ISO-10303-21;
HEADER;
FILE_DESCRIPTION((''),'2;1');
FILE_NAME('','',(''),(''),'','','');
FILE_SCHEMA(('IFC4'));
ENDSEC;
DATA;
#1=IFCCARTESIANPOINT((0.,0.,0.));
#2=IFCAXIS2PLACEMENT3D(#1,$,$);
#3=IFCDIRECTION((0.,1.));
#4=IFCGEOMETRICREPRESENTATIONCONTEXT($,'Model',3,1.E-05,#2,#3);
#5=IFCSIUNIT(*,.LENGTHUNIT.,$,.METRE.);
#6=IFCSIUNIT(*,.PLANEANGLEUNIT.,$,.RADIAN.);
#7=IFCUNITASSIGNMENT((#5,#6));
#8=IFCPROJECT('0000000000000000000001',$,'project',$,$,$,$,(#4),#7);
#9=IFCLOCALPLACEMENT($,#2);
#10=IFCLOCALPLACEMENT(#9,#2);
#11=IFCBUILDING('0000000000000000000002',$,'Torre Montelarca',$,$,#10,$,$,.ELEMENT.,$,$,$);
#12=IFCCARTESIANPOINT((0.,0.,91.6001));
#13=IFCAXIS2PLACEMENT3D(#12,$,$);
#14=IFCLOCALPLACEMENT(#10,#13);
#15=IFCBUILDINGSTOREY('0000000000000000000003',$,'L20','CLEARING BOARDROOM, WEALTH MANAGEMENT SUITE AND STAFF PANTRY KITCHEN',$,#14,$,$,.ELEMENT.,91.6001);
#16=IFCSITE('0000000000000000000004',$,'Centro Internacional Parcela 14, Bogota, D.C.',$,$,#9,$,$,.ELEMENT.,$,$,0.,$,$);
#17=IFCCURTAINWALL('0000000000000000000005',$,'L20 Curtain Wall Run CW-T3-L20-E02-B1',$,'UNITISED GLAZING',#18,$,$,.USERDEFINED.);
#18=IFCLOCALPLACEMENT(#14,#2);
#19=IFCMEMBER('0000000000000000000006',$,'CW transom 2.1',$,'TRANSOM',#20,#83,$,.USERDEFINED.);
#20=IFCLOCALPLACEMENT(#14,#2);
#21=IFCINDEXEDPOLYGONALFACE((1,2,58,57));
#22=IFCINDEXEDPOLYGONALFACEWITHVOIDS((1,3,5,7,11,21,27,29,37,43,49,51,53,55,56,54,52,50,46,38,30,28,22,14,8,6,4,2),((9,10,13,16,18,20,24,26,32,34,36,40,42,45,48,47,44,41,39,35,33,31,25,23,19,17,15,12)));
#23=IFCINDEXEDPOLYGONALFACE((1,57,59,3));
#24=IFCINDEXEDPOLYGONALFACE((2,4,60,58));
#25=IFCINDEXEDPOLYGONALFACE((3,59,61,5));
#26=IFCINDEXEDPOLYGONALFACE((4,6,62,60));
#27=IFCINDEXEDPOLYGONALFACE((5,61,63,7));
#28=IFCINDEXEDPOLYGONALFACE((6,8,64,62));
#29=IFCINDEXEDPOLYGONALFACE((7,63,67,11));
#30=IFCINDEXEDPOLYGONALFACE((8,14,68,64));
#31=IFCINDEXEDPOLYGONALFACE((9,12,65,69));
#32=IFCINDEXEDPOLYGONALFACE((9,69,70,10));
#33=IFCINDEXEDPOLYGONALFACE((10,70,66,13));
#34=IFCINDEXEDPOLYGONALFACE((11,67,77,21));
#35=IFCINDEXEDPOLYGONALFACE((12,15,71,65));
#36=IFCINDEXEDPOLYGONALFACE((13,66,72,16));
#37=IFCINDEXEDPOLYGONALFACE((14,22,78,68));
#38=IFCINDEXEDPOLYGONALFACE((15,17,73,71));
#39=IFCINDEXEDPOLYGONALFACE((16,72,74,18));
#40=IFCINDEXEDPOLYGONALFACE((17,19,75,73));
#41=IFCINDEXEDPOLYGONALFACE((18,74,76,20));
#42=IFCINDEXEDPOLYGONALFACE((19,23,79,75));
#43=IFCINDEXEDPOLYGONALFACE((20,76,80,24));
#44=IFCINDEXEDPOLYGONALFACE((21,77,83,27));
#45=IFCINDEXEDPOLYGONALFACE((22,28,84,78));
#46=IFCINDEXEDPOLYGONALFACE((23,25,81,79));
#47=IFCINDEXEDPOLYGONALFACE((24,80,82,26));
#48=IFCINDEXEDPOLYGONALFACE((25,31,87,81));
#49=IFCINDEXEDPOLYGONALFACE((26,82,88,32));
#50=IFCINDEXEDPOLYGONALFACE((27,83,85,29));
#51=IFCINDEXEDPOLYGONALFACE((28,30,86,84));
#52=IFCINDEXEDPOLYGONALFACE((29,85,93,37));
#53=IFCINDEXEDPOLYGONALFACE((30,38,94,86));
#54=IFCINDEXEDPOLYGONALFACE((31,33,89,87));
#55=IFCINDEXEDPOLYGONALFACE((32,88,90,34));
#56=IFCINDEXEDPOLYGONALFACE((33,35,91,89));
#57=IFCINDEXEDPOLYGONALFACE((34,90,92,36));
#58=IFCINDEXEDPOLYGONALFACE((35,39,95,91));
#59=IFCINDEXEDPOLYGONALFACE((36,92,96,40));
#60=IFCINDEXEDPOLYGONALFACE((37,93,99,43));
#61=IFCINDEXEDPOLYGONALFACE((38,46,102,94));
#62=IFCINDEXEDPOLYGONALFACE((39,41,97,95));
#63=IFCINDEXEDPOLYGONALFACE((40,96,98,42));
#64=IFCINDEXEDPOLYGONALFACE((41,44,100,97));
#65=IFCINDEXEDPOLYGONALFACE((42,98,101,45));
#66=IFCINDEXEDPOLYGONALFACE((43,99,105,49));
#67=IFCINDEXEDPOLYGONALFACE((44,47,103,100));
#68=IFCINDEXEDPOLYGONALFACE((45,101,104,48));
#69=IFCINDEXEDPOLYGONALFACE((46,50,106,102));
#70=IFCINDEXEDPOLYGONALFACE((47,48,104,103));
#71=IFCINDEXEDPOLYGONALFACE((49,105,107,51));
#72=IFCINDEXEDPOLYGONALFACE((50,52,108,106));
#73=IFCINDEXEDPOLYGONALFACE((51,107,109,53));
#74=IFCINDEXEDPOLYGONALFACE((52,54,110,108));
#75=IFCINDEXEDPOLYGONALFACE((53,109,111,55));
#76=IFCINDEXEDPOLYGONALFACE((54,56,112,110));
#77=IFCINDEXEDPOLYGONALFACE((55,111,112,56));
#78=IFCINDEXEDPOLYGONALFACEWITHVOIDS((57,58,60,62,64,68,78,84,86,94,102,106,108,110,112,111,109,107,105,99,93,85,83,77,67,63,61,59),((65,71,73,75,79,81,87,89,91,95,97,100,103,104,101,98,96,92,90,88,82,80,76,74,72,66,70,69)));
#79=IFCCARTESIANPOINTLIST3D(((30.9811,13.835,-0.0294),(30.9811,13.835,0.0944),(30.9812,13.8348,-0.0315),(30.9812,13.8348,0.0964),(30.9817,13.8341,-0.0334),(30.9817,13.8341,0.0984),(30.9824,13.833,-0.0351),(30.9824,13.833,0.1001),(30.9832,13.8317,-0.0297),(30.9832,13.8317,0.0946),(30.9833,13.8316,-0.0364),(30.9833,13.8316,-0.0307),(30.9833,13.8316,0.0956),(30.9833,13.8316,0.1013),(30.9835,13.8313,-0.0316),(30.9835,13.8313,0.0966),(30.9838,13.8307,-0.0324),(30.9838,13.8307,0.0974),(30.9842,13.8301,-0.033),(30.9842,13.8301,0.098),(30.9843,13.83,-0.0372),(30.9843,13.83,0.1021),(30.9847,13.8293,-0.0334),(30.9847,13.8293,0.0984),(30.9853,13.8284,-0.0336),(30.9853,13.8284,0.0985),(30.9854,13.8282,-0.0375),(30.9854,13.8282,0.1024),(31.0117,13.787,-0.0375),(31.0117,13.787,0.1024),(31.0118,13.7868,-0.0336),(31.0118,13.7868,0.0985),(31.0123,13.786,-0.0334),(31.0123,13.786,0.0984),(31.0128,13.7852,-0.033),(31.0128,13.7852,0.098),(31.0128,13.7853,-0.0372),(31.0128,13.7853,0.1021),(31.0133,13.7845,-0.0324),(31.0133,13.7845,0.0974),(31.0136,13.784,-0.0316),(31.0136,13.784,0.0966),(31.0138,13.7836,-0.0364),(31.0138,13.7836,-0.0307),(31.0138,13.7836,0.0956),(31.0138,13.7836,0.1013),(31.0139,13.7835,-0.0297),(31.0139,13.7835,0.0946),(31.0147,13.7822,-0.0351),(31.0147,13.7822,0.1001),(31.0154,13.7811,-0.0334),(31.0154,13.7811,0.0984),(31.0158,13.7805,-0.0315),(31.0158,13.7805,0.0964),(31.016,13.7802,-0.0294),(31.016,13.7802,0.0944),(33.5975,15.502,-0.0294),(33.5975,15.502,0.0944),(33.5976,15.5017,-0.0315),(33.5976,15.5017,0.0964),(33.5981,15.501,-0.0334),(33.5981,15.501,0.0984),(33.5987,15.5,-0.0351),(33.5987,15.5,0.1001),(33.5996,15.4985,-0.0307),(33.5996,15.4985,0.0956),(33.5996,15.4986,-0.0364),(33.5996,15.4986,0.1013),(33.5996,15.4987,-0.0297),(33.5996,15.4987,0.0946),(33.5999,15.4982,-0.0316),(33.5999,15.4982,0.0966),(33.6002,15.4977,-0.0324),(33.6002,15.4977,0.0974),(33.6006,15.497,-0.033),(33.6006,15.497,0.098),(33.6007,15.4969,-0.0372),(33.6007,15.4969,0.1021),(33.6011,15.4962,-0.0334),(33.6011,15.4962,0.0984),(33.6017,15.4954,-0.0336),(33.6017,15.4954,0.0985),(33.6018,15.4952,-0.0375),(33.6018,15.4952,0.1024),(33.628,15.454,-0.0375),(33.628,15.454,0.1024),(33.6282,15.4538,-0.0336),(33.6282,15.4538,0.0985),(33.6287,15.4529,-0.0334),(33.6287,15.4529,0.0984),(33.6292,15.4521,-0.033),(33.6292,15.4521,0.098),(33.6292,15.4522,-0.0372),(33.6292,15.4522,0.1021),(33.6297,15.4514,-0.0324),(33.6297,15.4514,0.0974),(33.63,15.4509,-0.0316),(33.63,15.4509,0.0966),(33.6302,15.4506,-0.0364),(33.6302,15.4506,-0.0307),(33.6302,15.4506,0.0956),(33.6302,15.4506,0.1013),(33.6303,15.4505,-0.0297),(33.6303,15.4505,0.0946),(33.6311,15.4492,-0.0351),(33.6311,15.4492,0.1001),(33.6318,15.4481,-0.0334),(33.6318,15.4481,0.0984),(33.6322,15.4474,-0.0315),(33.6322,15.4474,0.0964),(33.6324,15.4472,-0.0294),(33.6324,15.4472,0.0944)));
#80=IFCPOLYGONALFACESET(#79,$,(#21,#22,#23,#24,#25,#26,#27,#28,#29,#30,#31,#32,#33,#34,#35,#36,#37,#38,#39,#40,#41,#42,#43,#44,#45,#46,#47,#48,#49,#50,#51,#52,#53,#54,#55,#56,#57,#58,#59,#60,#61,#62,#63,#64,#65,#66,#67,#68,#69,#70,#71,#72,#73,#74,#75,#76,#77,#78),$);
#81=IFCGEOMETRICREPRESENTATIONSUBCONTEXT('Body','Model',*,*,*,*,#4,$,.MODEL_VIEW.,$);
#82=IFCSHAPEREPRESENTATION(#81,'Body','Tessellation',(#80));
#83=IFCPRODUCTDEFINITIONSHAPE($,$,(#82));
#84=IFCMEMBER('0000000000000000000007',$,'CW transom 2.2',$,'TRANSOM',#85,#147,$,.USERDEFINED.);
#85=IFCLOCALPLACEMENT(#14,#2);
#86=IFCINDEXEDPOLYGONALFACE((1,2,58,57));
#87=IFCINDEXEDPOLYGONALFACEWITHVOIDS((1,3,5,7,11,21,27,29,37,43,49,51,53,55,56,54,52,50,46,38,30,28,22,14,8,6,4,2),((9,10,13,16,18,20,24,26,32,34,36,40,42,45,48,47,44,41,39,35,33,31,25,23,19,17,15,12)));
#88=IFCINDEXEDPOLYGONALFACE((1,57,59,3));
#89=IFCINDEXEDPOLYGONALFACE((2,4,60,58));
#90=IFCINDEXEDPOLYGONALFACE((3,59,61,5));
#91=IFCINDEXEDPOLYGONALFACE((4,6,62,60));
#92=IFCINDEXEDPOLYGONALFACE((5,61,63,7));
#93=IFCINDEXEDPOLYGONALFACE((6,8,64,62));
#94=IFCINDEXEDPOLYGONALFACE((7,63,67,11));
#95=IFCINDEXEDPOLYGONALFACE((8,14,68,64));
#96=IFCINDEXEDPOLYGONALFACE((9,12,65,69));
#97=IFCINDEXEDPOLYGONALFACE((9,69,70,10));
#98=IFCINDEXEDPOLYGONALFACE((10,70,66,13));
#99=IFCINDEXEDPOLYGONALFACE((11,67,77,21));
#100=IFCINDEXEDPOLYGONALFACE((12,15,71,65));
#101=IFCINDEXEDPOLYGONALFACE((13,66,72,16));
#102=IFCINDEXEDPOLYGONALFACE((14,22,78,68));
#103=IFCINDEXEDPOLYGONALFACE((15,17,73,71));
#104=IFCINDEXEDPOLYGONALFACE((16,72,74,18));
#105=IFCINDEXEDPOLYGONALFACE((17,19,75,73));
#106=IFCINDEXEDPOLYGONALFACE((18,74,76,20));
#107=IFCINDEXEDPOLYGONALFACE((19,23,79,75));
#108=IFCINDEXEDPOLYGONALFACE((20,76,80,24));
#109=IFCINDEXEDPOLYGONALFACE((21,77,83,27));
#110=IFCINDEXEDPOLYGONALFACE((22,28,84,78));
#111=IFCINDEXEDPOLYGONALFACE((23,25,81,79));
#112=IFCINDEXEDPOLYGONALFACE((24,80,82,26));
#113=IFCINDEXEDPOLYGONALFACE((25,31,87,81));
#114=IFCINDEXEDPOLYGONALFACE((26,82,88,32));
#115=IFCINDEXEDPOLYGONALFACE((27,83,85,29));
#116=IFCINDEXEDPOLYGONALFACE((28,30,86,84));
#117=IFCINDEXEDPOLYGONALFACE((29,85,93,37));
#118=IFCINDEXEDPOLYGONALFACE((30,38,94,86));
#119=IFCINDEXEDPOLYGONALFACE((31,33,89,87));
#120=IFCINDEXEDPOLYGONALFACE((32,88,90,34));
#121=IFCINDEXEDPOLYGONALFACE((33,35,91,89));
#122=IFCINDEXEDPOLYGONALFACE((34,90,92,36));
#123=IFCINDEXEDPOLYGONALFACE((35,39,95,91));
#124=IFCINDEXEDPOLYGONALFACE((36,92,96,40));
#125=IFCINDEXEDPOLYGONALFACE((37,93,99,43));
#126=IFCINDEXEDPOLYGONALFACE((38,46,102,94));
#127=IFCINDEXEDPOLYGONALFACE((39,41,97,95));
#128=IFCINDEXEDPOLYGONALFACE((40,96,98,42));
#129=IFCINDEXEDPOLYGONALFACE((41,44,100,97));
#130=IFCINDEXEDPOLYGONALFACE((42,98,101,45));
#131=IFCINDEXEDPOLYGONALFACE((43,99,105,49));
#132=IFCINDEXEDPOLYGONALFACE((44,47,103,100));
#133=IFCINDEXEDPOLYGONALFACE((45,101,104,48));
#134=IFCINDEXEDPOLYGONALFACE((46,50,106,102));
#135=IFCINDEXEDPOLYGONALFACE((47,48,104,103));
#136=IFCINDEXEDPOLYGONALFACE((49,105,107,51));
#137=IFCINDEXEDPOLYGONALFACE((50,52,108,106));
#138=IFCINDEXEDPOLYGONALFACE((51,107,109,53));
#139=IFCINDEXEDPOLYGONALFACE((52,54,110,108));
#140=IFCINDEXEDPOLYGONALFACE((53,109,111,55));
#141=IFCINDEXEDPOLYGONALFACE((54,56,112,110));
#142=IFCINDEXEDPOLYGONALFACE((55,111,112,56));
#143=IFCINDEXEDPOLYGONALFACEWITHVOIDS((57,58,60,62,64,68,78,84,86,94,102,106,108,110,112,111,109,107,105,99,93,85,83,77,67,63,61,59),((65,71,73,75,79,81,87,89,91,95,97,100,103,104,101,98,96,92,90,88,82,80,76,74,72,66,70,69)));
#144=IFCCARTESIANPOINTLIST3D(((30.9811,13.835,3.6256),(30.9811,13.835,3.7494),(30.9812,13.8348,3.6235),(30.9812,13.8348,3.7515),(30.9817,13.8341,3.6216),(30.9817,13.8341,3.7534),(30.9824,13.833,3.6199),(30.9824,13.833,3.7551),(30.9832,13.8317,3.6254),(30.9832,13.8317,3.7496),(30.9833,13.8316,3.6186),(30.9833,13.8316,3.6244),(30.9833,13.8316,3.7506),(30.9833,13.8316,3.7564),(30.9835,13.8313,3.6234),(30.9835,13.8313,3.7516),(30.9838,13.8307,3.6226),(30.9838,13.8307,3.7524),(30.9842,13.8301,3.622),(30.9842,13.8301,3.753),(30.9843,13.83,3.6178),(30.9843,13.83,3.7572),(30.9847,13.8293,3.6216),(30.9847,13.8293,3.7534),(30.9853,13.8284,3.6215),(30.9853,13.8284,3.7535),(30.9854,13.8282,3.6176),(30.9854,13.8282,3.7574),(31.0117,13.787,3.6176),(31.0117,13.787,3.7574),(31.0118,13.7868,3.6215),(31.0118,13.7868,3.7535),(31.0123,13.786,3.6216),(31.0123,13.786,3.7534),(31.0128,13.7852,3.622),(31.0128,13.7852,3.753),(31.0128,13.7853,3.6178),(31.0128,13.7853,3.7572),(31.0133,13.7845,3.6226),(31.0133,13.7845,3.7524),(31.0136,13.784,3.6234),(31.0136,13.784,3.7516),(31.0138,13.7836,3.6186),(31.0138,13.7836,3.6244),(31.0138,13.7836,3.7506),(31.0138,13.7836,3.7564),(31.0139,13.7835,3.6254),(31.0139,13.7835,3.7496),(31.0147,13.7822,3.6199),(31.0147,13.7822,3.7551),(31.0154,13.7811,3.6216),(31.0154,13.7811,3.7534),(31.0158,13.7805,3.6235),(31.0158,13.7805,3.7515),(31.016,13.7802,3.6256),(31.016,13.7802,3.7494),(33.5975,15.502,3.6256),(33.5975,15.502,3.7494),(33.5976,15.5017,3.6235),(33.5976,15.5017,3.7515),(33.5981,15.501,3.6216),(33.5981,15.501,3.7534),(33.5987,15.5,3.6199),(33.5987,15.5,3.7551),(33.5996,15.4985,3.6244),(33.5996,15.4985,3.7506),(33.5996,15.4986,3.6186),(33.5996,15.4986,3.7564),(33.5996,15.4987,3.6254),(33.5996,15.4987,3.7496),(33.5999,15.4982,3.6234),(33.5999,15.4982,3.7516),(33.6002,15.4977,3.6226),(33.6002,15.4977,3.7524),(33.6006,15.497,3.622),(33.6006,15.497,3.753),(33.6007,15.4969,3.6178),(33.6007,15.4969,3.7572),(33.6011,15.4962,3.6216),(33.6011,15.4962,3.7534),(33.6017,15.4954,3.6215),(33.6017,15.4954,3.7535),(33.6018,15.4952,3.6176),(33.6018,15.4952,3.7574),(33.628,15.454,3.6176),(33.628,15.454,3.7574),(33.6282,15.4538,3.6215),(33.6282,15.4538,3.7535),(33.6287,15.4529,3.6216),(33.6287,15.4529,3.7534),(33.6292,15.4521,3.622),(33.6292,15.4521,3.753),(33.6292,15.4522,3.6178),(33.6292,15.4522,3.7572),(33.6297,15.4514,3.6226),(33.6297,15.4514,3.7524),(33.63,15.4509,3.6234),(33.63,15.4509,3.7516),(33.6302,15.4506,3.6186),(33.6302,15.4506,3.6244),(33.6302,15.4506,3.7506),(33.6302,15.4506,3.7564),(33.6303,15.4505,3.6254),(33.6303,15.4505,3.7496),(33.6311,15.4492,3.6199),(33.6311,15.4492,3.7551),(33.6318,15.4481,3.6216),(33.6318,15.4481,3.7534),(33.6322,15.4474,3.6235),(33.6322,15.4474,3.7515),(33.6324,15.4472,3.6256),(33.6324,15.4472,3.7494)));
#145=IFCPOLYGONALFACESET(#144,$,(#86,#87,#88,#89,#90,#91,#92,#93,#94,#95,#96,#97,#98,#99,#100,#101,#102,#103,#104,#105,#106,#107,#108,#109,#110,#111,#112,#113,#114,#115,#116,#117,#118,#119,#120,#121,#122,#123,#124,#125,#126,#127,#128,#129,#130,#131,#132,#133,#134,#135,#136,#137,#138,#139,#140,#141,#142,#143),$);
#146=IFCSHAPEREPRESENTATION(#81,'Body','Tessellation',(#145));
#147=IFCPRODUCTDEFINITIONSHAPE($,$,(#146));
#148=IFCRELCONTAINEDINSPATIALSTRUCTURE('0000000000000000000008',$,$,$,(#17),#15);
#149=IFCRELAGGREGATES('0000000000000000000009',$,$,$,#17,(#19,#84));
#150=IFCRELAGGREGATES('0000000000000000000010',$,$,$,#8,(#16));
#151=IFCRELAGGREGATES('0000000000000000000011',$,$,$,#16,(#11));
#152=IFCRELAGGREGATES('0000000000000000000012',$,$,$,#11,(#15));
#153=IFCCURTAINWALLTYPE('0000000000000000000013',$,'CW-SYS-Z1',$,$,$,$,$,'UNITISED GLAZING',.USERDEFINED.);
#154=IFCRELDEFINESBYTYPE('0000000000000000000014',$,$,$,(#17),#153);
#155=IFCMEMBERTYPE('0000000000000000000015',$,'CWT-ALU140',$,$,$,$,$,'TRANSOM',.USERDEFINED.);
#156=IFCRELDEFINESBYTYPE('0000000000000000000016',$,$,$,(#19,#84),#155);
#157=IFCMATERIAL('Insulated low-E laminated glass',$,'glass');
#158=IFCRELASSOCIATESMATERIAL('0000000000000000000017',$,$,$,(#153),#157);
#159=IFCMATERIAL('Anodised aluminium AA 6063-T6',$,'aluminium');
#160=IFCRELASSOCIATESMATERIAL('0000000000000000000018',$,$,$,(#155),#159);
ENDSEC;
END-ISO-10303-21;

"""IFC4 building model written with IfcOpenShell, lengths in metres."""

from ifc_helpers import new_model, si_unit, direction, frame, origin, origin_2d, place, context, subcontext, project, spatial, hollow_rectangle, extrude, source, transform, mapped, material, material_profile, profile_set, type_object, element, aggregate, save


model = new_model("IFC4")

# Units and contexts
model_context = context("Model", 3, precision=1e-05, world=origin(), true_north=direction((0.0, 1.0)))
body_context = subcontext(model_context, "Body", "Model", "MODEL_VIEW")
ifc_project = project(units=[si_unit("LENGTHUNIT", "METRE"), si_unit("PLANEANGLEUNIT", "RADIAN")], contexts=[model_context])

# Site, building, storey
site_placement = place(None, origin())
site = spatial("IfcSite", under=ifc_project, at=site_placement, Name="Centro Internacional Parcela 14, Bogota, D.C.", CompositionType="ELEMENT", RefElevation=0.0)
building_placement = place(site_placement, origin())
building = spatial("IfcBuilding", under=site, at=building_placement, Name="Torre Montelarca", CompositionType="ELEMENT")
storey_placement = place(building_placement, frame((0.0, 0.0, 91.6001)))
storey = spatial("IfcBuildingStorey", under=building, at=storey_placement, Name="L20", Description="CLEARING BOARDROOM, WEALTH MANAGEMENT SUITE AND STAFF PANTRY KITCHEN", CompositionType="ELEMENT", Elevation=91.6001)

# Curtain wall, members
ifc_material_1 = material(Name="Insulated low-E laminated glass", Category="glass")
curtain_wall_type = type_object("IfcCurtainWallType", Name="CW-SYS-Z1", ElementType="UNITISED GLAZING", PredefinedType="USERDEFINED", material=ifc_material_1)
ifc_material_2 = material(Name="Anodised aluminium AA 6063-T6", Category="aluminium")
ifc_material_profile_1 = material_profile(ifc_material_2, hollow_rectangle(XDim=0.0649, YDim=0.1399, WallThickness=0.0039, InnerFilletRadius=0.0039, OuterFilletRadius=0.0081, at=origin_2d()), Name="ALU65X140X4", Category="aluminium")
ifc_profile_set_1 = profile_set([ifc_material_profile_1], Name="Anodised aluminium AA 6063-T6")
member_type_1 = type_object("IfcMemberType", Name="CWT-ALU140", ElementType="TRANSOM", PredefinedType="USERDEFINED", material=ifc_profile_set_1)
curtain_wall_1_placement = place(storey_placement, origin())
curtain_wall_1 = element("IfcCurtainWall", 1, at=curtain_wall_1_placement, inside=storey, type_object=curtain_wall_type, Name="L20 Curtain Wall Run CW-T3-L20-E02-B1", ObjectType="UNITISED GLAZING", PredefinedType="USERDEFINED")
shared_shape_1 = source(origin(), body_context, "Body", "SweptSolid", [
    extrude(hollow_rectangle(XDim=0.0649, YDim=0.1399, WallThickness=0.0039, InnerFilletRadius=0.0039, OuterFilletRadius=0.0081, at=origin_2d()), origin(), (0.0, 0.0, 1.0), 3.1023),
])
member_1_placement = place(storey_placement, frame((30.9985, 13.8076, 0.0325), z_axis=(0.843373, 0.537329, 0.0), x_axis=(-0.537329, 0.843373, 0.0)))
member_1 = element("IfcMember", 2, at=member_1_placement, type_object=member_type_1, Name="CW transom 2.1", ObjectType="TRANSOM", PredefinedType="USERDEFINED", context=body_context, shape_type="MappedRepresentation", body=[
    mapped(shared_shape_1, transform((0.0, 0.0, 0.0), scale=1.0)),
])
member_2_placement = place(storey_placement, frame((30.9985, 13.8076, 3.6875), z_axis=(0.843373, 0.537329, 0.0), x_axis=(-0.537329, 0.843373, 0.0)))
member_2 = element("IfcMember", 3, at=member_2_placement, type_object=member_type_1, Name="CW transom 2.2", ObjectType="TRANSOM", PredefinedType="USERDEFINED", context=body_context, shape_type="MappedRepresentation", body=[
    mapped(shared_shape_1, transform((0.0, 0.0, 0.0), scale=1.0)),
])

aggregate(curtain_wall_1, [member_1, member_2])

save(model, "model.ifc")
